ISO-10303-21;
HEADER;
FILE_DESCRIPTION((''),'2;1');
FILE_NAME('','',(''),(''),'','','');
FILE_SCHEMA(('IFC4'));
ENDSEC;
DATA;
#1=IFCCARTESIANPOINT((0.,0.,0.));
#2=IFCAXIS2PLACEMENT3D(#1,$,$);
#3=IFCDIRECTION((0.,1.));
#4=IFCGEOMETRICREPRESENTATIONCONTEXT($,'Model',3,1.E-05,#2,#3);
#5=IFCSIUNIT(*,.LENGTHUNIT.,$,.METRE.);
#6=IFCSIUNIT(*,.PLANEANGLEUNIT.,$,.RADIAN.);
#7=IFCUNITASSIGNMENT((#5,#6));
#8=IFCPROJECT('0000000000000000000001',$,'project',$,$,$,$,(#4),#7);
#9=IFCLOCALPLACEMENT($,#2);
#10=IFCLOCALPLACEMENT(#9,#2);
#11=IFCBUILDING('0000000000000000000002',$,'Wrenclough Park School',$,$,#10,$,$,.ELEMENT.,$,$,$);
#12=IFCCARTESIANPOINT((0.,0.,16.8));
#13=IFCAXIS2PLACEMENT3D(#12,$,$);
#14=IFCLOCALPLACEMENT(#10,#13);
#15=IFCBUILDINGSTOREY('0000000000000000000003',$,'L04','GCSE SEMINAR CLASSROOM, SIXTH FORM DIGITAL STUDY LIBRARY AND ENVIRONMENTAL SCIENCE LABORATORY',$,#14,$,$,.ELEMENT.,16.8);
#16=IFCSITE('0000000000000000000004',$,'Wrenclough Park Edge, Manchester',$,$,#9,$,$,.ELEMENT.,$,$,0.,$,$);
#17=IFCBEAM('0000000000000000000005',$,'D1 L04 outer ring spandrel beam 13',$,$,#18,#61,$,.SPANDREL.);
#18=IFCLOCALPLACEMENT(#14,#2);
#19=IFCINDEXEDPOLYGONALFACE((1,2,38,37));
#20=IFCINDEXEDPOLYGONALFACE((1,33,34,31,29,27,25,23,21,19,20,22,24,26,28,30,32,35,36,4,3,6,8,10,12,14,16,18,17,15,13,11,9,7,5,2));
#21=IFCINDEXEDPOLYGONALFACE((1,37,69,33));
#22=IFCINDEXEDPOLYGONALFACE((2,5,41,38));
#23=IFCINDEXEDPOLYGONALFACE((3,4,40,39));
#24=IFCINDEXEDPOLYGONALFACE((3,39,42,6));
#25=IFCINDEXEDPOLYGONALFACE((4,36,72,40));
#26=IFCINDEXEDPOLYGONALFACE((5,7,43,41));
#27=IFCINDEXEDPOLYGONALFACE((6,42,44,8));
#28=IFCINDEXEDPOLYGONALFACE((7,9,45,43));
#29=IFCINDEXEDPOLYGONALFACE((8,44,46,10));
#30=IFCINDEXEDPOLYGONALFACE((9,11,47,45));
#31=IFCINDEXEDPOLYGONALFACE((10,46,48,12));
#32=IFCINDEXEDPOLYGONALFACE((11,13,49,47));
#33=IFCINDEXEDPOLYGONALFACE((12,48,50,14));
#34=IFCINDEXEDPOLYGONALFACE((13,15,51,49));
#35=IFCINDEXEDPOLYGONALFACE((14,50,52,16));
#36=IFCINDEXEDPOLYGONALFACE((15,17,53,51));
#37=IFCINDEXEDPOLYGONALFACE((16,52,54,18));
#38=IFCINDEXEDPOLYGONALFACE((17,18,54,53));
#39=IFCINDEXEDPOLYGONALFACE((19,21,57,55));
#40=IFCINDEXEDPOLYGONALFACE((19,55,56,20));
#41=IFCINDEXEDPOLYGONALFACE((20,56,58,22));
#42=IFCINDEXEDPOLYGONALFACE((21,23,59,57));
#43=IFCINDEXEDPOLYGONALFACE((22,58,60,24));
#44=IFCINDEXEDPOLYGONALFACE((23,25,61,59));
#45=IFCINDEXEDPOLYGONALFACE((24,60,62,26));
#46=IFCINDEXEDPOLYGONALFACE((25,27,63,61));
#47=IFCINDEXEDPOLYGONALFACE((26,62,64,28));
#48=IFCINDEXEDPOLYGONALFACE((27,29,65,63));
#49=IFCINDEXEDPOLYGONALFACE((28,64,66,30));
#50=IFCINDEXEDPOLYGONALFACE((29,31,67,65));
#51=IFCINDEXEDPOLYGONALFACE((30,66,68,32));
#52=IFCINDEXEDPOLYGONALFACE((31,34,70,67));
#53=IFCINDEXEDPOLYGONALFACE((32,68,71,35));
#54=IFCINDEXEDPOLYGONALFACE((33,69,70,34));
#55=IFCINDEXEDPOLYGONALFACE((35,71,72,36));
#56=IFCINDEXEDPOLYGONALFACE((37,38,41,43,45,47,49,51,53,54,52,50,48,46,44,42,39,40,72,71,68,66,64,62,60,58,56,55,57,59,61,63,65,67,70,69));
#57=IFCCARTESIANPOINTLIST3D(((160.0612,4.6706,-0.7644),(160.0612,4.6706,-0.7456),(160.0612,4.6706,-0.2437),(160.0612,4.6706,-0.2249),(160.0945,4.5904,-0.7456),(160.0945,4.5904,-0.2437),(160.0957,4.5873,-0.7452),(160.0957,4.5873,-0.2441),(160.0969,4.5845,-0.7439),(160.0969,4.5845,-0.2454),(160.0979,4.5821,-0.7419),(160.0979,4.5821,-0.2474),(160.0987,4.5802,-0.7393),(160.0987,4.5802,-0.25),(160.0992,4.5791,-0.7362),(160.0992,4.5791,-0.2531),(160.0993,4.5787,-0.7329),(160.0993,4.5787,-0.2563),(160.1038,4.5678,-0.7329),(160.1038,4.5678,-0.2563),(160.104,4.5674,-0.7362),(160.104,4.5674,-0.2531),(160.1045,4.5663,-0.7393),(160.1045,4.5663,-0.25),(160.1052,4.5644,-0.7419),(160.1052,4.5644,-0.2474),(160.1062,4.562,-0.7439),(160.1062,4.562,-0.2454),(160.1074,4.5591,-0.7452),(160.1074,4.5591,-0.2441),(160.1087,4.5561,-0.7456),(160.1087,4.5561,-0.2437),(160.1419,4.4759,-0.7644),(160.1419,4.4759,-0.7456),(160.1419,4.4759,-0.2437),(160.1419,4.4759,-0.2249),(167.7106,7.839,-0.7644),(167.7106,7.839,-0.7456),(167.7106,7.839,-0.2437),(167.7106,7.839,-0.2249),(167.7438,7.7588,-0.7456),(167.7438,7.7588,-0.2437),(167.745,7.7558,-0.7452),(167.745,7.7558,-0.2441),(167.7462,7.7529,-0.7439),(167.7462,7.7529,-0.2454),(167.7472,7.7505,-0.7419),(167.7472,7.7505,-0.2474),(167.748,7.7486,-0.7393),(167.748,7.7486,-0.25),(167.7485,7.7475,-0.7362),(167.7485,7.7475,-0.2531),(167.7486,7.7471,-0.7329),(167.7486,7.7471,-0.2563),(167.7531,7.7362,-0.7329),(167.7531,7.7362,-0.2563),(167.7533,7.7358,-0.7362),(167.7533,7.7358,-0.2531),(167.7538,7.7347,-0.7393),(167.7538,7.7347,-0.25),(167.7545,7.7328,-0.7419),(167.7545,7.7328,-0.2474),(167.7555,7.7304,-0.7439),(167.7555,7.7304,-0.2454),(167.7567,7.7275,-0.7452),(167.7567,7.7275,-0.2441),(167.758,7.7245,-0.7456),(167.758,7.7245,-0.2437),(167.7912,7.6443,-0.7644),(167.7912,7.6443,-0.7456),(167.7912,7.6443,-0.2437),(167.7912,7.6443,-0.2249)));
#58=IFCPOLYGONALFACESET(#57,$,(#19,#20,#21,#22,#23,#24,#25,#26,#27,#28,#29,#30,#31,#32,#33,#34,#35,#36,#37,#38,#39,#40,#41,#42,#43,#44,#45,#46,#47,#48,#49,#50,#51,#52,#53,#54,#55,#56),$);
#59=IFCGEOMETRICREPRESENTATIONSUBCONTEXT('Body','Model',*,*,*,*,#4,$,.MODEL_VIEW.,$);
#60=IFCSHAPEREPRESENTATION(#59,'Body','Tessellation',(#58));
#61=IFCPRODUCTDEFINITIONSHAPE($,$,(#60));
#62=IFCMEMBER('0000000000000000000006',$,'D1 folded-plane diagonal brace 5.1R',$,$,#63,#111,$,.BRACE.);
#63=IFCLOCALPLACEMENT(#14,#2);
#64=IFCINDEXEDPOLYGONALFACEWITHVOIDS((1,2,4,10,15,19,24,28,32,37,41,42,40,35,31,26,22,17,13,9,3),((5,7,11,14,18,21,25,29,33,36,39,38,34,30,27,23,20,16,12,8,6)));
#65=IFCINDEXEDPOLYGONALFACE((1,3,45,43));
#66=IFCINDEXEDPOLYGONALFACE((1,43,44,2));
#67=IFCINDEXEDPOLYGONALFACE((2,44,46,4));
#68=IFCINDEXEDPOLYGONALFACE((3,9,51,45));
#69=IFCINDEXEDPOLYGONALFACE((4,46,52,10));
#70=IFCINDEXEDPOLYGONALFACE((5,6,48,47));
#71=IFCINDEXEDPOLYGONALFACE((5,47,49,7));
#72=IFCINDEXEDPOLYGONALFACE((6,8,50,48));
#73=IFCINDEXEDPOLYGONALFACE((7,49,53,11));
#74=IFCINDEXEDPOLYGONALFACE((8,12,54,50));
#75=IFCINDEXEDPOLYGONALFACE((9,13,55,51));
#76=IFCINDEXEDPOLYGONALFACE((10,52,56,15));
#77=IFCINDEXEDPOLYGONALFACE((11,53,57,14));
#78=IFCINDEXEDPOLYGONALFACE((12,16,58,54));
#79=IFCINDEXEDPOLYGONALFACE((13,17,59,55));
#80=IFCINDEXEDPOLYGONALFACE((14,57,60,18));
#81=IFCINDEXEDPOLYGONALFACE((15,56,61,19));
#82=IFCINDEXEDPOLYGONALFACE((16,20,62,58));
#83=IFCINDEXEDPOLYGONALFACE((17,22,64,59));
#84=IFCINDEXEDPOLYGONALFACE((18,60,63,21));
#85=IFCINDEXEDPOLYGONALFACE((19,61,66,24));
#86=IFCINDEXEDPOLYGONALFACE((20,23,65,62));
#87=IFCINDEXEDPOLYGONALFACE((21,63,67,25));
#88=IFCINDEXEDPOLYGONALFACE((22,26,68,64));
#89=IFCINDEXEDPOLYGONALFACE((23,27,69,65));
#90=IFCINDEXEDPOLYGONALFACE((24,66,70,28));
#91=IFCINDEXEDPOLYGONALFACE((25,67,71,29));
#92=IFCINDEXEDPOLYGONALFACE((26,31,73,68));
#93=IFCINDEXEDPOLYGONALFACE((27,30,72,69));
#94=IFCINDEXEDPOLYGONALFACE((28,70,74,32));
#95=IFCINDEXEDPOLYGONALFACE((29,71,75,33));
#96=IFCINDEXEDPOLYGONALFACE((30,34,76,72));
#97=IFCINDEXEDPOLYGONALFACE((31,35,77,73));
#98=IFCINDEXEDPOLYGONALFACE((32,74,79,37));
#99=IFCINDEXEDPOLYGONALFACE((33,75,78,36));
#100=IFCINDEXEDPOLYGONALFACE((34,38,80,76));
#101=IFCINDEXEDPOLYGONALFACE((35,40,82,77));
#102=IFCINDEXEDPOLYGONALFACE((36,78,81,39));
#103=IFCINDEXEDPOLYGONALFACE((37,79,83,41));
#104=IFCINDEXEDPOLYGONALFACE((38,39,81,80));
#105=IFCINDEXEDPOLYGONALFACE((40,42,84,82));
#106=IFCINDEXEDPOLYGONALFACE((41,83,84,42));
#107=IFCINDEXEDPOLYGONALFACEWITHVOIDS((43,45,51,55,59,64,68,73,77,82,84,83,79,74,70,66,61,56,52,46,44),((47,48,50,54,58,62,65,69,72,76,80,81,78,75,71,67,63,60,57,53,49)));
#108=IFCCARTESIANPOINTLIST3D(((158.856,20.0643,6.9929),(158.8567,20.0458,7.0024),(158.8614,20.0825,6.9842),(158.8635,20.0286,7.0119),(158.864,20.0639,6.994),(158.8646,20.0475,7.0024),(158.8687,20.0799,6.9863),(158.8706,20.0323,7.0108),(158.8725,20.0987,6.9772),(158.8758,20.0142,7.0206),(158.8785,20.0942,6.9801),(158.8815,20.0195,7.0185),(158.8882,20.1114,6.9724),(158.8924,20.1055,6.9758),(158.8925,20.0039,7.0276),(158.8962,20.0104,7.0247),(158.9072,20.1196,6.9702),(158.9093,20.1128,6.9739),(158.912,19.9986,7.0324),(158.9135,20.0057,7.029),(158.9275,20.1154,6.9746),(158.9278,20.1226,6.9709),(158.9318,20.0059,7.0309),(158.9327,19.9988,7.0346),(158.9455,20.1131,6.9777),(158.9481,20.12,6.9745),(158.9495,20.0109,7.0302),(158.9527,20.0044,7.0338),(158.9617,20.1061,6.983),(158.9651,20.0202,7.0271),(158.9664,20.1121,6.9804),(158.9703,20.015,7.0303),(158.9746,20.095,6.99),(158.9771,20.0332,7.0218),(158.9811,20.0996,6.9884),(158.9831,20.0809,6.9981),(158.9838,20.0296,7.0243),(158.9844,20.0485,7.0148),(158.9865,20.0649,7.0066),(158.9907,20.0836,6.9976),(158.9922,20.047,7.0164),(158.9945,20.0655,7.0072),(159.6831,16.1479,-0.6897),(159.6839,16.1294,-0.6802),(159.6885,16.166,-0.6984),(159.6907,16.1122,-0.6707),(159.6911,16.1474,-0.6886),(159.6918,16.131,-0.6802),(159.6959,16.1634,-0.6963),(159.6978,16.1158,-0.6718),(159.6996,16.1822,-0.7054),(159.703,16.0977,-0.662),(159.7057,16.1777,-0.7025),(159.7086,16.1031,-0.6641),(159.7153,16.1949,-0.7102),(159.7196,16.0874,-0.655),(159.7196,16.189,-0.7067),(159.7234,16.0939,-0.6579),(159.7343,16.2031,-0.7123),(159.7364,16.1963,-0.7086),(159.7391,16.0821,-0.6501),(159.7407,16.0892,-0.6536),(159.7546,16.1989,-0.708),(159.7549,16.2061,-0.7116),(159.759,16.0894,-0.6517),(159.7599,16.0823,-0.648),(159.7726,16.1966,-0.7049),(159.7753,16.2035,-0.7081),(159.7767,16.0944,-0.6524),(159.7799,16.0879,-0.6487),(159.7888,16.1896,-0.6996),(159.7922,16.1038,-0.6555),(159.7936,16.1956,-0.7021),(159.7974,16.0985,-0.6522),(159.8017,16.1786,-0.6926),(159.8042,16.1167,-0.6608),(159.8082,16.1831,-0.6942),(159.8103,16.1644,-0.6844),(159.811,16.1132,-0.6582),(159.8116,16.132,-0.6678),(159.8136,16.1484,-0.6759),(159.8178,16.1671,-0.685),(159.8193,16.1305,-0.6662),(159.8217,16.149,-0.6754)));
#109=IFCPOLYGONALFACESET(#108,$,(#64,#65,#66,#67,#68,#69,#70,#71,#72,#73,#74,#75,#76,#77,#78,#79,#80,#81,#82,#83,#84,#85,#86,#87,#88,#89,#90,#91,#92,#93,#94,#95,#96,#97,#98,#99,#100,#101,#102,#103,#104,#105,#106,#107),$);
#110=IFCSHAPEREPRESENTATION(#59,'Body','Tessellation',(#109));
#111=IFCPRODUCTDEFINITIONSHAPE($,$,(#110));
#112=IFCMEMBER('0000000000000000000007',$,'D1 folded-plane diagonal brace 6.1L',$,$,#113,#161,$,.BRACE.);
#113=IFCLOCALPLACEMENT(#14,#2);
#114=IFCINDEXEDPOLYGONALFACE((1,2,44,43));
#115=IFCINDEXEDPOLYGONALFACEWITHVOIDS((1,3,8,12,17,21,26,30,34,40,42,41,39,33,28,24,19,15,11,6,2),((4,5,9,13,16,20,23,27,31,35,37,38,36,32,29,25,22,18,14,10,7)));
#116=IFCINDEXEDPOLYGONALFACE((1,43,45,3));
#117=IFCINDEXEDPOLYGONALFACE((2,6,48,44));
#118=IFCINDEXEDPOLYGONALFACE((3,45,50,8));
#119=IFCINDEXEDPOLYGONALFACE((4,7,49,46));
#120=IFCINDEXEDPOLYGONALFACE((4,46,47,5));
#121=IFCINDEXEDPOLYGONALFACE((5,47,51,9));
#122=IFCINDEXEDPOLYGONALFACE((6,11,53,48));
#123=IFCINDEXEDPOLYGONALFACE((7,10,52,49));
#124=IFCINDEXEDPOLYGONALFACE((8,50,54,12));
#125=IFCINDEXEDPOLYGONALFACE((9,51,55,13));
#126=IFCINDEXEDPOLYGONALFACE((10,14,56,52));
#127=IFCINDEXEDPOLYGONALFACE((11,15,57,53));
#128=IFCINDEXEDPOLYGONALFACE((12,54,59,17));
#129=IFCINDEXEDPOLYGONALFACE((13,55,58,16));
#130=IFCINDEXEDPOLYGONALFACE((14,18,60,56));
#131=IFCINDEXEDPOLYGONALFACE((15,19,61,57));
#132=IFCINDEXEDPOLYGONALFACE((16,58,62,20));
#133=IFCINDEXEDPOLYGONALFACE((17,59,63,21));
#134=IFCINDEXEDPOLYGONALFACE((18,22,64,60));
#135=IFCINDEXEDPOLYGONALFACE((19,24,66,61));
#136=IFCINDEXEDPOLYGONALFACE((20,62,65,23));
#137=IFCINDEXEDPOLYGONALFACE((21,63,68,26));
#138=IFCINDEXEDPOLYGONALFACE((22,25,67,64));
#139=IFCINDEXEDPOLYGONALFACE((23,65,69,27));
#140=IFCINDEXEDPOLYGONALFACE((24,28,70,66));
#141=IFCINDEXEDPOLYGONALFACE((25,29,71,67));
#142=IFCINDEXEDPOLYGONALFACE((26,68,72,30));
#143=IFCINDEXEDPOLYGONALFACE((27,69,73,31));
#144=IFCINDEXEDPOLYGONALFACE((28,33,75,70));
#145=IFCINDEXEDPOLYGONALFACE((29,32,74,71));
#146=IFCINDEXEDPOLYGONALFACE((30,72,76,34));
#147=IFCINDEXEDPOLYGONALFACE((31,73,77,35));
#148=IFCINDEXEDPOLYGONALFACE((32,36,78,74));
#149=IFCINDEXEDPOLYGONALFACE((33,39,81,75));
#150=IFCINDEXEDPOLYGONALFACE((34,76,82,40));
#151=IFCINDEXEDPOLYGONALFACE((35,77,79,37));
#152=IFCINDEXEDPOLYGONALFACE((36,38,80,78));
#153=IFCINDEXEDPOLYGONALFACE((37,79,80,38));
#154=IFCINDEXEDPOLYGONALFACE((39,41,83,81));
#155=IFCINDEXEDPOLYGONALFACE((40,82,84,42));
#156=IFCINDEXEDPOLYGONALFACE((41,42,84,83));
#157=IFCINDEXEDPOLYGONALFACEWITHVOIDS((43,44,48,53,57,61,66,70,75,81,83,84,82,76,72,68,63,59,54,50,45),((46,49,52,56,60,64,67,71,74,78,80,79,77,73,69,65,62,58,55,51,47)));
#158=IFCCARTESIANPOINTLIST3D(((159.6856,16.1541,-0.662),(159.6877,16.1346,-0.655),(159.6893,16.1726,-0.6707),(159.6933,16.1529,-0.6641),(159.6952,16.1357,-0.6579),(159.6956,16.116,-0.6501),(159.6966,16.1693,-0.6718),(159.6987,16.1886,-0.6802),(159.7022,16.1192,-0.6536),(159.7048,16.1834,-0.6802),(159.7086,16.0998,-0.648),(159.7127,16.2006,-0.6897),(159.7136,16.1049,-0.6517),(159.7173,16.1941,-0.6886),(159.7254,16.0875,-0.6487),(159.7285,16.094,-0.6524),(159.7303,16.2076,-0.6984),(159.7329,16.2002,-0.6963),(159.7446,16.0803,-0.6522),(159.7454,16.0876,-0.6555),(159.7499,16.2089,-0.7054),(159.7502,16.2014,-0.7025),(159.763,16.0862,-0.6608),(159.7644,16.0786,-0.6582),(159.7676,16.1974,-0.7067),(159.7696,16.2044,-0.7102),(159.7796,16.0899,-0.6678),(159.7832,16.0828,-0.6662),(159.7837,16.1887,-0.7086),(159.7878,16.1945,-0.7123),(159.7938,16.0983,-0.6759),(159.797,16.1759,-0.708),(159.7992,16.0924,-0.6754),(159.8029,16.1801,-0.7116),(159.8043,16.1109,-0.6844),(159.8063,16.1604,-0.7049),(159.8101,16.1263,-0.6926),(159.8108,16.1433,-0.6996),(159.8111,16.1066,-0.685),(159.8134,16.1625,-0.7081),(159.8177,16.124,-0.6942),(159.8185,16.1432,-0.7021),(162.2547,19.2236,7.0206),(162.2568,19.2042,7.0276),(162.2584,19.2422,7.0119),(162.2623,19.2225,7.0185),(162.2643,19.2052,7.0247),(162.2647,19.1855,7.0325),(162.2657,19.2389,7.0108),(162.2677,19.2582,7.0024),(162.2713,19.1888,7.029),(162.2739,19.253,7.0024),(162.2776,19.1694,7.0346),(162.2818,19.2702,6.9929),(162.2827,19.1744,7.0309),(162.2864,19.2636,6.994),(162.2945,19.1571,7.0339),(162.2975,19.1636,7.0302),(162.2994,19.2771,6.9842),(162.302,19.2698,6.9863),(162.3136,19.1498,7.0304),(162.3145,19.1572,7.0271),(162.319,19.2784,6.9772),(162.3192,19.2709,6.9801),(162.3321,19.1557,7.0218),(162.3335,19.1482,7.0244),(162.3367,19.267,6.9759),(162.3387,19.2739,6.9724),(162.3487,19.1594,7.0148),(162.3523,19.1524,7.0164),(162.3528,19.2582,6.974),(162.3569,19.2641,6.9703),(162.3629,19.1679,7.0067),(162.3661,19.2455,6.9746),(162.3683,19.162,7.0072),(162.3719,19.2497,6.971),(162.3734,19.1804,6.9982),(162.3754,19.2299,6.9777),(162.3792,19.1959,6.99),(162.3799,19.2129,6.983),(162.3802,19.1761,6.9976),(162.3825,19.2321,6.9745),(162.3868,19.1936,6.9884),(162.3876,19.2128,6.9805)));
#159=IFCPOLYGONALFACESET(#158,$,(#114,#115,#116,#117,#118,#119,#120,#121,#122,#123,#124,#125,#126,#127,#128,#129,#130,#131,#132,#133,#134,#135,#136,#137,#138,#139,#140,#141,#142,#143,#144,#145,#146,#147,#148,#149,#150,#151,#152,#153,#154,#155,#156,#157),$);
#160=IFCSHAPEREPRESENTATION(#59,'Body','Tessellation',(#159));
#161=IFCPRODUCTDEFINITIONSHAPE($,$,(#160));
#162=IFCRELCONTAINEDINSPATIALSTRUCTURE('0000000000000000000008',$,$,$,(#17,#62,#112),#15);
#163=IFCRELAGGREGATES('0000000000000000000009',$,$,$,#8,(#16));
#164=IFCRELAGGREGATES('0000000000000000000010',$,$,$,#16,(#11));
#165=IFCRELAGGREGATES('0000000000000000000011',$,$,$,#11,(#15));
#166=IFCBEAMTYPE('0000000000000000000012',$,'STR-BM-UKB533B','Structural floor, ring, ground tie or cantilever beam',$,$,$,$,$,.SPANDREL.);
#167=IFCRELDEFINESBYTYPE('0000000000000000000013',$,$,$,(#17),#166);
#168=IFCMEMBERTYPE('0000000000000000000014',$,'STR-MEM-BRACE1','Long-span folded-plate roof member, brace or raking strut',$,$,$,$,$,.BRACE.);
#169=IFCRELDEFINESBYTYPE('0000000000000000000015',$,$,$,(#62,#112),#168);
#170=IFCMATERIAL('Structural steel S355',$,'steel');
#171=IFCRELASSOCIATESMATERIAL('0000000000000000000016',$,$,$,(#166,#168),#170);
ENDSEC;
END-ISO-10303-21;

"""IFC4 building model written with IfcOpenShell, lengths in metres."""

from ifc_helpers import new_model, si_unit, direction, frame, origin, origin_2d, place, context, subcontext, project, spatial, hollow_circle, i_section, extrude, material, material_profile, profile_set, type_object, element, save


model = new_model("IFC4")

# Units and contexts
model_context = context("Model", 3, precision=1e-05, world=origin(), true_north=direction((0.0, 1.0)))
body_context = subcontext(model_context, "Body", "Model", "MODEL_VIEW")
ifc_project = project(units=[si_unit("LENGTHUNIT", "METRE"), si_unit("PLANEANGLEUNIT", "RADIAN")], contexts=[model_context])

# Site, building, storey
site_placement = place(None, origin())
site = spatial("IfcSite", under=ifc_project, at=site_placement, Name="Wrenclough Park Edge, Manchester", CompositionType="ELEMENT", RefElevation=0.0)
building_placement = place(site_placement, origin())
building = spatial("IfcBuilding", under=site, at=building_placement, Name="Wrenclough Park School", CompositionType="ELEMENT")
storey_placement = place(building_placement, frame((0.0, 0.0, 16.8)))
storey = spatial("IfcBuildingStorey", under=building, at=storey_placement, Name="L04", Description="GCSE SEMINAR CLASSROOM, SIXTH FORM DIGITAL STUDY LIBRARY AND ENVIRONMENTAL SCIENCE LABORATORY", CompositionType="ELEMENT", Elevation=16.8)

# Beam
ifc_material_1 = material(Name="Structural steel S355", Category="steel")
ifc_material_profile_1 = material_profile(ifc_material_1, i_section(OverallWidth=0.2107, OverallDepth=0.5396, WebThickness=0.0117, FlangeThickness=0.0188, FilletRadius=0.0127, at=origin_2d()), Name="UKB 533x210x109")
ifc_profile_set_1 = profile_set([ifc_material_profile_1], Name="Structural steel S355")
beam_type = type_object("IfcBeamType", Name="STR-BM-UKB533B", Description="Structural floor, ring, ground tie or cantilever beam", PredefinedType="SPANDREL", material=ifc_profile_set_1)
beam_placement = place(storey_placement, frame((160.1016, 4.5732, -0.4946), z_axis=(0.923881, 0.38268, 0.0), x_axis=(-0.38268, 0.923881, 0.0)))
element("IfcBeam", 1, at=beam_placement, inside=storey, type_object=beam_type, Name="D1 L04 outer ring spandrel beam 13", PredefinedType="SPANDREL", context=body_context, shape_type="SweptSolid", body=[
    extrude(i_section(OverallWidth=0.2107, OverallDepth=0.5396, WebThickness=0.0117, FlangeThickness=0.0188, FilletRadius=0.0127, at=origin_2d()), origin(), (0.0, 0.0, 1.0), 8.2795),
])

# Members
ifc_material_profile_2 = material_profile(ifc_material_1, hollow_circle(Radius=0.0698, WallThickness=0.0081, at=origin_2d()), Name="CHS 139.7x8.0")
ifc_profile_set_2 = profile_set([ifc_material_profile_2], Name="Structural steel S355")
member_type_1 = type_object("IfcMemberType", Name="STR-MEM-BRACE1", Description="Long-span folded-plate roof member, brace or raking strut", PredefinedType="BRACE", material=ifc_profile_set_2)
for number, where, z_axis, x_axis, name in (
    (2, (159.7522, 16.1438, -0.6802), (-0.095482, 0.452101, 0.886842), (-0.978418, -0.206637, 0.0), "D1 folded-plane diagonal brace 5.1R"),
    (3, (159.7522, 16.1438, -0.6802), (0.296564, 0.354338, 0.886845), (-0.766855, 0.641821, 0.0), "D1 folded-plane diagonal brace 6.1L"),
):
    element("IfcMember", number, at=place(storey_placement, frame(where, z_axis=z_axis, x_axis=x_axis)), inside=storey, type_object=member_type_1, Name=name, PredefinedType="BRACE", context=body_context, shape_type="SweptSolid", body=[
        extrude(hollow_circle(Radius=0.0698, WallThickness=0.0081, at=origin_2d()), origin(), (0.0, 0.0, 1.0), 8.6628),
    ])

save(model, "model.ifc")
